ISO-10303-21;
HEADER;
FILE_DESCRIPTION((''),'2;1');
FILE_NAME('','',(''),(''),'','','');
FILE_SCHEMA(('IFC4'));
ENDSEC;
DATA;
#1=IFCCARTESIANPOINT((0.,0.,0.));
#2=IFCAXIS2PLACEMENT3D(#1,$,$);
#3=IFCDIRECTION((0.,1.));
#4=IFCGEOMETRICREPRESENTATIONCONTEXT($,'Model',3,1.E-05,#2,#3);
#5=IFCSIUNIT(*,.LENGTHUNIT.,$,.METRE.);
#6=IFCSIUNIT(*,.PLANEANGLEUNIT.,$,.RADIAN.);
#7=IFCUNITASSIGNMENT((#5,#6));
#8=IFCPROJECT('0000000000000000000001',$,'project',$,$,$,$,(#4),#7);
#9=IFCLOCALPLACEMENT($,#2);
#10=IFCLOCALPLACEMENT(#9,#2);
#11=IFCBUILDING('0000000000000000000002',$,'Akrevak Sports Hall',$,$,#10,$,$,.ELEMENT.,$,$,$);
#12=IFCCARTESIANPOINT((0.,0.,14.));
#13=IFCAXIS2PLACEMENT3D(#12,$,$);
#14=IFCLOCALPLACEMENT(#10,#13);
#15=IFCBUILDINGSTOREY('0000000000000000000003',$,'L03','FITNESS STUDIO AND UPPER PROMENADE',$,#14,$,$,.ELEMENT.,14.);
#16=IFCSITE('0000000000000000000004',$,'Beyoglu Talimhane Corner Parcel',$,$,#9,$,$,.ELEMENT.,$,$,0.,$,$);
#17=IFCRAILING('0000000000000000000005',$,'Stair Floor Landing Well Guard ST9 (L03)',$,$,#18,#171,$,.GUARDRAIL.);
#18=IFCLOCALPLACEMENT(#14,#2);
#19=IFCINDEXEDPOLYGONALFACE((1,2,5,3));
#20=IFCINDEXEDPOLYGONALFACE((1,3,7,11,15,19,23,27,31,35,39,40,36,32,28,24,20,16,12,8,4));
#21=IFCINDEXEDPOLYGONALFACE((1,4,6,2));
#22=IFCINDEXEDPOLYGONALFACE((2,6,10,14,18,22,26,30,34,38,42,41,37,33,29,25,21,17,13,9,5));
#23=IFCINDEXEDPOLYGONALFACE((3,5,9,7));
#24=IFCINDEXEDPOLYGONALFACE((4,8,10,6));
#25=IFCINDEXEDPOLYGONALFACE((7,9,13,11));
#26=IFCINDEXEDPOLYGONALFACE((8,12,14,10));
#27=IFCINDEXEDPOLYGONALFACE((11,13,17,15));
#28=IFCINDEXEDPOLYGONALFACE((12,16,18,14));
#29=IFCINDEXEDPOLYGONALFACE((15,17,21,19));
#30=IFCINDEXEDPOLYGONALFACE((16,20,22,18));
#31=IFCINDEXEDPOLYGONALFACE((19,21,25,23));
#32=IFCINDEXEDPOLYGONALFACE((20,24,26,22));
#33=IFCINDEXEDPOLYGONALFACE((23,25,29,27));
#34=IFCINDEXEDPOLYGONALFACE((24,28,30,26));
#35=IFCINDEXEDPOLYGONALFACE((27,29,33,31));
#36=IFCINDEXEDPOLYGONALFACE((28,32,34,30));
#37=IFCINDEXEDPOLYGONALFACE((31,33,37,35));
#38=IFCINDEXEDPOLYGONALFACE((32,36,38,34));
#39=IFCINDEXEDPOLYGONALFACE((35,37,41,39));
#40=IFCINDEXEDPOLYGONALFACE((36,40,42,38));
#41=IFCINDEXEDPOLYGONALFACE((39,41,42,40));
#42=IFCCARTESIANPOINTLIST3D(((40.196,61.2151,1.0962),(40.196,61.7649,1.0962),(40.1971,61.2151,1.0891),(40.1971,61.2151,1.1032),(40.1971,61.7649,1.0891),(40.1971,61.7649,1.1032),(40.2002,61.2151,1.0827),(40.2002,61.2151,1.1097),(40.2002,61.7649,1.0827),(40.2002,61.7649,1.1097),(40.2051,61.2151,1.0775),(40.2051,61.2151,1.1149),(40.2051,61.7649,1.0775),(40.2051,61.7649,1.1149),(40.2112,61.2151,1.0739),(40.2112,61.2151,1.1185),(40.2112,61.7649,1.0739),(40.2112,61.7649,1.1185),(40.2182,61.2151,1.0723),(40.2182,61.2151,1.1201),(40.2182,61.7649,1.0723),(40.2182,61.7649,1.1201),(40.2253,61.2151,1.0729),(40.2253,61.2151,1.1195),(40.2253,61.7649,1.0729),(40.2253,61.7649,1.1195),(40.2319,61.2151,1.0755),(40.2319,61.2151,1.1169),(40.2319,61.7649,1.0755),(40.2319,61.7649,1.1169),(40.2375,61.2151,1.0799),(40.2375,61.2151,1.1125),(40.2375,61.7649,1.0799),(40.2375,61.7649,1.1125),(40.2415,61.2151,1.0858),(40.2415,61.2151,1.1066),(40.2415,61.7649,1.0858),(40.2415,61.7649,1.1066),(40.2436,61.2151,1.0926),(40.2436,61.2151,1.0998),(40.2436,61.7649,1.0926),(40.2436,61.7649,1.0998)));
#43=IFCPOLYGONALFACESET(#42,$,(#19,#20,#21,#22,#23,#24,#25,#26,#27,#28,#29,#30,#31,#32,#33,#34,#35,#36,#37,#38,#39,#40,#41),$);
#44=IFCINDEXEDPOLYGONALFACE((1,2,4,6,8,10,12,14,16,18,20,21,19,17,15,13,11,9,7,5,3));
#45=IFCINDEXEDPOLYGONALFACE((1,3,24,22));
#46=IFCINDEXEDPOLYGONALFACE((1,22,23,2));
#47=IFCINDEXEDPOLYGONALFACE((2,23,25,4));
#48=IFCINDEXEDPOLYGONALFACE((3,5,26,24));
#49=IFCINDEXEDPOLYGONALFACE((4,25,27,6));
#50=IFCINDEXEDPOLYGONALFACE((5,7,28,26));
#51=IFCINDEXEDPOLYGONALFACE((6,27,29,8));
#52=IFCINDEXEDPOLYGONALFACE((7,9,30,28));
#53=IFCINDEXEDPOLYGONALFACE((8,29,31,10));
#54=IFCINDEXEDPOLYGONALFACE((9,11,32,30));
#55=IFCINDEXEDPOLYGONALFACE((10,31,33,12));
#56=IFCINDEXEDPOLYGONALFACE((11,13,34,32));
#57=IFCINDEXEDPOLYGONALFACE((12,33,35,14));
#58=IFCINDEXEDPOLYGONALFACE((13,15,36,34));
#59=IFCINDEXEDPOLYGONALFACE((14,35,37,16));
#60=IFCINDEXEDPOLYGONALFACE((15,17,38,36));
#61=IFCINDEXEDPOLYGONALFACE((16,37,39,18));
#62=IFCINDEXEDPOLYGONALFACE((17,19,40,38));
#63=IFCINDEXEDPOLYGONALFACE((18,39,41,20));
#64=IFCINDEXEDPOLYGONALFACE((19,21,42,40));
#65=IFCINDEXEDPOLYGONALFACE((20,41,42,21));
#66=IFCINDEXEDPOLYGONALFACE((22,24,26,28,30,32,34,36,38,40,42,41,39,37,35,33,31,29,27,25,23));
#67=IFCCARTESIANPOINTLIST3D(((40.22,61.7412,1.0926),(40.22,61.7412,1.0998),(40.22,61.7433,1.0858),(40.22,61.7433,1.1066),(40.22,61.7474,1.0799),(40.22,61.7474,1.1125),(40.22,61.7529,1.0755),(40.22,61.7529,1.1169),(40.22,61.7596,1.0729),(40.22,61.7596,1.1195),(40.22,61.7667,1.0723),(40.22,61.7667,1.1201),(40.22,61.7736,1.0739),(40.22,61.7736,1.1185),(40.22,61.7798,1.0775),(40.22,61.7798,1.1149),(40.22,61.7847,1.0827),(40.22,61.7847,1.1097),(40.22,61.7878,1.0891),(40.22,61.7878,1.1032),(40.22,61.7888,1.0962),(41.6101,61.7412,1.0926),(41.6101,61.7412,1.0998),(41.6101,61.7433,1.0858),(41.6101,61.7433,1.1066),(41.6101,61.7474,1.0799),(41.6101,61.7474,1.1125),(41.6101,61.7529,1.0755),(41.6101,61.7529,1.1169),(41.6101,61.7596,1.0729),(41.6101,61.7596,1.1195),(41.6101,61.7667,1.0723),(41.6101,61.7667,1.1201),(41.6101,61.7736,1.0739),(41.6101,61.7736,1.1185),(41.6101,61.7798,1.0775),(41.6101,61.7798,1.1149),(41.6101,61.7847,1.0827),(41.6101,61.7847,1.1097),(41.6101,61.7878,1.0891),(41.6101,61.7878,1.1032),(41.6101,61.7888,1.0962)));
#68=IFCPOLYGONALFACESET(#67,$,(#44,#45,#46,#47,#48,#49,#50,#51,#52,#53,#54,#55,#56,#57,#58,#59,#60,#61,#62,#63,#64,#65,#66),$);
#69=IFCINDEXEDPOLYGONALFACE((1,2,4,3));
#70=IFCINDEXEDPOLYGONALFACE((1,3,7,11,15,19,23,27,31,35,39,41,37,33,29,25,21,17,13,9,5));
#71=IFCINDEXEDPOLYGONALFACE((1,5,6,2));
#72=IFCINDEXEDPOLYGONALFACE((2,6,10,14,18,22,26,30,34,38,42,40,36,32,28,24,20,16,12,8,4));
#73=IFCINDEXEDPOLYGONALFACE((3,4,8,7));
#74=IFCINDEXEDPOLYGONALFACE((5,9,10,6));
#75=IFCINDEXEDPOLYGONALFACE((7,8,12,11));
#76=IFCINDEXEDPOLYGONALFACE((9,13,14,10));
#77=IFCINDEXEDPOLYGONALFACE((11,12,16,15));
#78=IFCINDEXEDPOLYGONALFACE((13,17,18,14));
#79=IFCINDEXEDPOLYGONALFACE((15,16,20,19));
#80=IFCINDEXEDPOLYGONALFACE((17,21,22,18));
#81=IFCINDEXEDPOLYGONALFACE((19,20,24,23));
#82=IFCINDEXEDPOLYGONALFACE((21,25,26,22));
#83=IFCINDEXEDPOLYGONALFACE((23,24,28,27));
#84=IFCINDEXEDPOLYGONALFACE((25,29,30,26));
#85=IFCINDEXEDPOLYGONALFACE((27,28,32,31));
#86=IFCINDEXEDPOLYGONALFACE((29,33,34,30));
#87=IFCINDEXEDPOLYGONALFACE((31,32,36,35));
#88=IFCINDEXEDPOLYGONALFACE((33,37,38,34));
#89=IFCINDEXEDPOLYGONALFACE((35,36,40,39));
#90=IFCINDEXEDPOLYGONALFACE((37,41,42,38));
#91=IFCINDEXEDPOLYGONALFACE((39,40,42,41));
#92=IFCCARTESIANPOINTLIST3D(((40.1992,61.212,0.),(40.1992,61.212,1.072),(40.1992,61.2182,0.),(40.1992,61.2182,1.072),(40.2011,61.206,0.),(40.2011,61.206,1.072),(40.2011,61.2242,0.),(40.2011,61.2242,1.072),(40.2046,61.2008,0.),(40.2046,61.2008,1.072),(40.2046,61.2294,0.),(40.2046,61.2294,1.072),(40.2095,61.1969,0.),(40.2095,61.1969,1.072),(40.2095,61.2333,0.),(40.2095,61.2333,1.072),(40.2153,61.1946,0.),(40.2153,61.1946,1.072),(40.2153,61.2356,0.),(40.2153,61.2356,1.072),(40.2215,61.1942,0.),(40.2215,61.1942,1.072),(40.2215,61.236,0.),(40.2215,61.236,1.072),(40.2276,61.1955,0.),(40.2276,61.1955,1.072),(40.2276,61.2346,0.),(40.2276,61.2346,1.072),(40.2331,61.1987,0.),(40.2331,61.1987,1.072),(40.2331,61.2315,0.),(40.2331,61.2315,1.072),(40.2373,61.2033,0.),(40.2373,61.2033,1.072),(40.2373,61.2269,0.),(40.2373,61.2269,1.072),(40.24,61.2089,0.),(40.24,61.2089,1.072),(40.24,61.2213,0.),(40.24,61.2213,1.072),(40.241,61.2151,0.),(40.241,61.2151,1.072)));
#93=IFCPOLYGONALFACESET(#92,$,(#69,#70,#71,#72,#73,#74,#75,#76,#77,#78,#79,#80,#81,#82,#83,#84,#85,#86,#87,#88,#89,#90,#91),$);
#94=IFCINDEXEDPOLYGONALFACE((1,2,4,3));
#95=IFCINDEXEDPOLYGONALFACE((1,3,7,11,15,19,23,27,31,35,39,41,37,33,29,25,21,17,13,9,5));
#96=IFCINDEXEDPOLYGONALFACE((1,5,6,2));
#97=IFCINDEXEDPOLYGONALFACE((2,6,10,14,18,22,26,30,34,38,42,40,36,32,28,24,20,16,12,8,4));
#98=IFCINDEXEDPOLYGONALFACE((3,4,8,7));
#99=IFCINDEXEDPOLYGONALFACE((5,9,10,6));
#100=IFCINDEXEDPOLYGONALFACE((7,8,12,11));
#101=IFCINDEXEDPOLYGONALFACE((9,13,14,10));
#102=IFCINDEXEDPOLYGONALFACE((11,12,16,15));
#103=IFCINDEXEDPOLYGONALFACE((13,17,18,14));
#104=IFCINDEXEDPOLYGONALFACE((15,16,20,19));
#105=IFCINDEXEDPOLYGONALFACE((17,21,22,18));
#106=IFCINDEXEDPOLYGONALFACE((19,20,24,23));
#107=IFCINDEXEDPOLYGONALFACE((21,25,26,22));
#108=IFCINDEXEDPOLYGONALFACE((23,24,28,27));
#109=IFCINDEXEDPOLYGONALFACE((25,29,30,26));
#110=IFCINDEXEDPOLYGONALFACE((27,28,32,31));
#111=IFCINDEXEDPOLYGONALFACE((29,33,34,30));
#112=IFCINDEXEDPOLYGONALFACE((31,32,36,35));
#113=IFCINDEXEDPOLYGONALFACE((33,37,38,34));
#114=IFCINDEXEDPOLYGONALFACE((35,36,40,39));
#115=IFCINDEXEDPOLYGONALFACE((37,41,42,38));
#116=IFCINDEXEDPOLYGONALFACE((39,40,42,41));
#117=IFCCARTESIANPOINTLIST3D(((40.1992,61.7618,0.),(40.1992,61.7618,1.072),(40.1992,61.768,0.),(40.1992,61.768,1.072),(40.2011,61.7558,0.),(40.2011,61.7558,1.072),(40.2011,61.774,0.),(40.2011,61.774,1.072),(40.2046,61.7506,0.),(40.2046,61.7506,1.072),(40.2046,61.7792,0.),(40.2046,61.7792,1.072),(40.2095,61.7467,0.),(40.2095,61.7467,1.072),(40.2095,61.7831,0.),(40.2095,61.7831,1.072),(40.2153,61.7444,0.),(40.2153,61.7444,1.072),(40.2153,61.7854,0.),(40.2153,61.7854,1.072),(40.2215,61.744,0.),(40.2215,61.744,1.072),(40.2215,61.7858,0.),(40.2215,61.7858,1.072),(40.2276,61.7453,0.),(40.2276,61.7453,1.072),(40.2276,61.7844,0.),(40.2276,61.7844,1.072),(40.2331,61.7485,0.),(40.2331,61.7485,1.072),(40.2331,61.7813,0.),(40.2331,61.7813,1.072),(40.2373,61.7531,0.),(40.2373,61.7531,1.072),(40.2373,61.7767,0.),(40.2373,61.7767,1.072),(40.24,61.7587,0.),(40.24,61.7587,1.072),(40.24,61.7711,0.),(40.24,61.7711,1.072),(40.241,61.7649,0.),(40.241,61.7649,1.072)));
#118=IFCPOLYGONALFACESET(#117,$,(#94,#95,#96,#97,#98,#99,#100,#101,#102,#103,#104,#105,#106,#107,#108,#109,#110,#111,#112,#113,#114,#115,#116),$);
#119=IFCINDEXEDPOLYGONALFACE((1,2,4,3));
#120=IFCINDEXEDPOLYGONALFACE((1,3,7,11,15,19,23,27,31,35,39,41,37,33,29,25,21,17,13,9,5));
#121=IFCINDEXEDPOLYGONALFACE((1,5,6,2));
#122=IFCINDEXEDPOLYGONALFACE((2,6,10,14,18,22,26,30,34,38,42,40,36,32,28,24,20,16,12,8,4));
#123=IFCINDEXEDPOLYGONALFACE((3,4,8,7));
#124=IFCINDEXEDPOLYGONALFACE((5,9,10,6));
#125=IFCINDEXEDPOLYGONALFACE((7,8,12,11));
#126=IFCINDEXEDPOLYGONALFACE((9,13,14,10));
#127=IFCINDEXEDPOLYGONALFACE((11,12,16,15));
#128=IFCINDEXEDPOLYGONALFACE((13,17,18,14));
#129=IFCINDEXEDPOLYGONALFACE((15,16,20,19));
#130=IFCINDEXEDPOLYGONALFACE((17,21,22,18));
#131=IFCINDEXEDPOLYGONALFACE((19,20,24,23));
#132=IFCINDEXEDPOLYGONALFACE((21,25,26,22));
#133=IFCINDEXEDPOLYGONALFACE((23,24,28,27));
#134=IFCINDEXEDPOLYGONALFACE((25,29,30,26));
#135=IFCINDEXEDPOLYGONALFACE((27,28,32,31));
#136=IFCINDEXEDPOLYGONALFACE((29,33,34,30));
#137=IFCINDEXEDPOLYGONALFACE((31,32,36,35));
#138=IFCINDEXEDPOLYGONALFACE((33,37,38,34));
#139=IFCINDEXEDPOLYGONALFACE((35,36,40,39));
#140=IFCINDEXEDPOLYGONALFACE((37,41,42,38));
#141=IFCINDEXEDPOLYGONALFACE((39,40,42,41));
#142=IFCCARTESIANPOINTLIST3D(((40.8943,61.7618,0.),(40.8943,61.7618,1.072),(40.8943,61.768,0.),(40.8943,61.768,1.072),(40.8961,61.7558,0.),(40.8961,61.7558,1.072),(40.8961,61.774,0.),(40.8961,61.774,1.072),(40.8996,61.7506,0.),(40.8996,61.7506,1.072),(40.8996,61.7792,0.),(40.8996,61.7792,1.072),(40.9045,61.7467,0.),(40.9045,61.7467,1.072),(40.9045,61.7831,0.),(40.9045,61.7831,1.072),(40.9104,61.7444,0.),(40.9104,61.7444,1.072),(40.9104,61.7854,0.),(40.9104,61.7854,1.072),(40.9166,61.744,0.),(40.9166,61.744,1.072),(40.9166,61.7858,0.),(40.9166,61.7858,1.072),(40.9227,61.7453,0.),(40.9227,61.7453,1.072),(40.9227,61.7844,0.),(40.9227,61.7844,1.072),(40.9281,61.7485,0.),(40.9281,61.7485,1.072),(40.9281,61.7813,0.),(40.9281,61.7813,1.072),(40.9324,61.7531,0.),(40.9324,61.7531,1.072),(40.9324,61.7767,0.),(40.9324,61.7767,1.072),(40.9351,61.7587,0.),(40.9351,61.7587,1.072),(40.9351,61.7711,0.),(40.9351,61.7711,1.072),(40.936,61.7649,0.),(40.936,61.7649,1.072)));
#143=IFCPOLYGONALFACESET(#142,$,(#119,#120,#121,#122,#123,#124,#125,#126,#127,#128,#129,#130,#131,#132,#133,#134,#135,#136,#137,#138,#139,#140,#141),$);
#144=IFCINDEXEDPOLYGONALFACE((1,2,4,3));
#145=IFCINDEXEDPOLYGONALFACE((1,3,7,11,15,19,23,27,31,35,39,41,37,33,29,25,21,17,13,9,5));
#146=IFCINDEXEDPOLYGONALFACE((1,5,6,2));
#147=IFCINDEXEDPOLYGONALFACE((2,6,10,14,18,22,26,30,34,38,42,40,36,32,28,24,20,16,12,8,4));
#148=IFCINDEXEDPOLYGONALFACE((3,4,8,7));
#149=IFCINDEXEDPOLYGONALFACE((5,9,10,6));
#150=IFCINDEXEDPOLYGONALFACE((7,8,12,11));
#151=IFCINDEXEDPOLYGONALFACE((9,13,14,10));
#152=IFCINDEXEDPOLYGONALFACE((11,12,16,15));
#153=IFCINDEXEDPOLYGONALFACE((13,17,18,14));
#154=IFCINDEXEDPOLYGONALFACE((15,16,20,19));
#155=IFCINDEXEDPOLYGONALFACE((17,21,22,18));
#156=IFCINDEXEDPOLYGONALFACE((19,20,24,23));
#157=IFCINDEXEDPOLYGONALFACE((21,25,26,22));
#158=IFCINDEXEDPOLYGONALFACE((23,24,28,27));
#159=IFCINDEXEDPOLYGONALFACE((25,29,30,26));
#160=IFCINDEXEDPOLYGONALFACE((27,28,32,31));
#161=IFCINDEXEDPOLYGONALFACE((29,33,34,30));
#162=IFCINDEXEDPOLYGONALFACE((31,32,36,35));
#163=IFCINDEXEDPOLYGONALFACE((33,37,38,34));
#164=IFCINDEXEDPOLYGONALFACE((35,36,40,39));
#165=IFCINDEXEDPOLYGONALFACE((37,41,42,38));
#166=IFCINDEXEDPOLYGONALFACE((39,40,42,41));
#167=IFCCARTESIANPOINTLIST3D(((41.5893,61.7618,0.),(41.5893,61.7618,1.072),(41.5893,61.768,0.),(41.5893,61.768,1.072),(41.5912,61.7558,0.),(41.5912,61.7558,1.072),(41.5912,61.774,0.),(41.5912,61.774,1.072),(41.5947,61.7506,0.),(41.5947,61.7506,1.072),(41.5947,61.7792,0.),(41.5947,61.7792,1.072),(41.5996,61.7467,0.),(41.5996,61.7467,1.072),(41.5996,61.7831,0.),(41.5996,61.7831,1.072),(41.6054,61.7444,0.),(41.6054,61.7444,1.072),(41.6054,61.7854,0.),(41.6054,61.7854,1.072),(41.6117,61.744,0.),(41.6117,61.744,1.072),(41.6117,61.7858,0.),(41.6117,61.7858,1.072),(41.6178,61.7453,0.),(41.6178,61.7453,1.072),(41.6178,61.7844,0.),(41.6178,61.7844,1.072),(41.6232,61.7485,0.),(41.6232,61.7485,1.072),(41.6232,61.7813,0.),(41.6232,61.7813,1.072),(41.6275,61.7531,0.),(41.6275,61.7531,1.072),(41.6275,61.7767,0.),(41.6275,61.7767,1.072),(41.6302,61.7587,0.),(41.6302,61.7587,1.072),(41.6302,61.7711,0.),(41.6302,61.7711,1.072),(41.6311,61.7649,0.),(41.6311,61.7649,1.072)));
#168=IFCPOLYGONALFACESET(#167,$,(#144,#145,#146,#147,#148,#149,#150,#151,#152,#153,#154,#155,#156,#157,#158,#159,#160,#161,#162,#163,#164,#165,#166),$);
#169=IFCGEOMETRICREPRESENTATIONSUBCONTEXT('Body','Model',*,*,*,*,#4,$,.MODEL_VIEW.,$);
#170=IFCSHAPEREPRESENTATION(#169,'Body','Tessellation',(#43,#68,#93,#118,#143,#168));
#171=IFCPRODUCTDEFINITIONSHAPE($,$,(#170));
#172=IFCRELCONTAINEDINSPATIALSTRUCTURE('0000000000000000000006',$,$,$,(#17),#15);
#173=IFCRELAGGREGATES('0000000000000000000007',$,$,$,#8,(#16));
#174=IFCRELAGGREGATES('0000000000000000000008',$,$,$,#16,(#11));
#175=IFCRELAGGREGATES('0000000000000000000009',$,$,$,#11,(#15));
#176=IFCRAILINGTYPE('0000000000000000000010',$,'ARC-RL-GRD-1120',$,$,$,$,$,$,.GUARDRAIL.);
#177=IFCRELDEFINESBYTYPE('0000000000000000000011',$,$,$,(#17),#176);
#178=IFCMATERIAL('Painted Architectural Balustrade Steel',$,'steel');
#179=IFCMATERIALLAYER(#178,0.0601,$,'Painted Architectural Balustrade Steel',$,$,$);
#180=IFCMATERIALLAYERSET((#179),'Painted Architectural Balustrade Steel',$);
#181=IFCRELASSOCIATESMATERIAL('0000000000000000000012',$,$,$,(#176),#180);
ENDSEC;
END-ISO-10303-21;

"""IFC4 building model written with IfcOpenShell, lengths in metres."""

from ifc_helpers import new_model, si_unit, direction, frame, origin, origin_2d, place, context, subcontext, project, spatial, circle, extrude, material, layer, layer_set, type_object, element, save


model = new_model("IFC4")

# Units and contexts
model_context = context("Model", 3, precision=1e-05, world=origin(), true_north=direction((0.0, 1.0)))
body_context = subcontext(model_context, "Body", "Model", "MODEL_VIEW")
ifc_project = project(units=[si_unit("LENGTHUNIT", "METRE"), si_unit("PLANEANGLEUNIT", "RADIAN")], contexts=[model_context])

# Site, building, storey
site_placement = place(None, origin())
site = spatial("IfcSite", under=ifc_project, at=site_placement, Name="Beyoglu Talimhane Corner Parcel", CompositionType="ELEMENT", RefElevation=0.0)
building_placement = place(site_placement, origin())
building = spatial("IfcBuilding", under=site, at=building_placement, Name="Akrevak Sports Hall", CompositionType="ELEMENT")
storey_placement = place(building_placement, frame((0.0, 0.0, 14.0)))
storey = spatial("IfcBuildingStorey", under=building, at=storey_placement, Name="L03", Description="FITNESS STUDIO AND UPPER PROMENADE", CompositionType="ELEMENT", Elevation=14.0)

# Railing
ifc_material_1 = material(Name="Painted Architectural Balustrade Steel", Category="steel")
ifc_layer_1 = layer(ifc_material_1, 0.0601, Name="Painted Architectural Balustrade Steel")
ifc_layer_set_1 = layer_set([ifc_layer_1], Name="Painted Architectural Balustrade Steel")
railing_type_1 = type_object("IfcRailingType", Name="ARC-RL-GRD-1120", PredefinedType="GUARDRAIL", material=ifc_layer_set_1)
railing_1_placement = place(storey_placement, frame((40.22, 61.2151, 0.0)))
element("IfcRailing", 1, at=railing_1_placement, inside=storey, type_object=railing_type_1, Name="Stair Floor Landing Well Guard ST9 (L03)", PredefinedType="GUARDRAIL", context=body_context, shape_type="SweptSolid", body=[
    extrude(circle(Radius=0.0239, at=origin_2d()), frame((0.0, 0.0, 1.0962), z_axis=(0.0, 1.0, 0.0), x_axis=(-1.0, 0.0, 0.0)), (0.0, 0.0, 1.0), 0.5498),
    extrude(circle(Radius=0.0239, at=origin_2d()), frame((0.0, 0.5498, 1.0962), z_axis=(1.0, 0.0, 0.0), x_axis=(0.0, 1.0, 0.0)), (0.0, 0.0, 1.0), 1.3901),
    extrude(circle(Radius=0.021, at=origin_2d()), origin(), (0.0, 0.0, 1.0), 1.072),
    extrude(circle(Radius=0.021, at=origin_2d()), frame((0.0, 0.5498, 0.0)), (0.0, 0.0, 1.0), 1.072),
    extrude(circle(Radius=0.021, at=origin_2d()), frame((0.6951, 0.5498, 0.0)), (0.0, 0.0, 1.0), 1.072),
    extrude(circle(Radius=0.021, at=origin_2d()), frame((1.3901, 0.5498, 0.0)), (0.0, 0.0, 1.0), 1.072),
])

save(model, "model.ifc")
